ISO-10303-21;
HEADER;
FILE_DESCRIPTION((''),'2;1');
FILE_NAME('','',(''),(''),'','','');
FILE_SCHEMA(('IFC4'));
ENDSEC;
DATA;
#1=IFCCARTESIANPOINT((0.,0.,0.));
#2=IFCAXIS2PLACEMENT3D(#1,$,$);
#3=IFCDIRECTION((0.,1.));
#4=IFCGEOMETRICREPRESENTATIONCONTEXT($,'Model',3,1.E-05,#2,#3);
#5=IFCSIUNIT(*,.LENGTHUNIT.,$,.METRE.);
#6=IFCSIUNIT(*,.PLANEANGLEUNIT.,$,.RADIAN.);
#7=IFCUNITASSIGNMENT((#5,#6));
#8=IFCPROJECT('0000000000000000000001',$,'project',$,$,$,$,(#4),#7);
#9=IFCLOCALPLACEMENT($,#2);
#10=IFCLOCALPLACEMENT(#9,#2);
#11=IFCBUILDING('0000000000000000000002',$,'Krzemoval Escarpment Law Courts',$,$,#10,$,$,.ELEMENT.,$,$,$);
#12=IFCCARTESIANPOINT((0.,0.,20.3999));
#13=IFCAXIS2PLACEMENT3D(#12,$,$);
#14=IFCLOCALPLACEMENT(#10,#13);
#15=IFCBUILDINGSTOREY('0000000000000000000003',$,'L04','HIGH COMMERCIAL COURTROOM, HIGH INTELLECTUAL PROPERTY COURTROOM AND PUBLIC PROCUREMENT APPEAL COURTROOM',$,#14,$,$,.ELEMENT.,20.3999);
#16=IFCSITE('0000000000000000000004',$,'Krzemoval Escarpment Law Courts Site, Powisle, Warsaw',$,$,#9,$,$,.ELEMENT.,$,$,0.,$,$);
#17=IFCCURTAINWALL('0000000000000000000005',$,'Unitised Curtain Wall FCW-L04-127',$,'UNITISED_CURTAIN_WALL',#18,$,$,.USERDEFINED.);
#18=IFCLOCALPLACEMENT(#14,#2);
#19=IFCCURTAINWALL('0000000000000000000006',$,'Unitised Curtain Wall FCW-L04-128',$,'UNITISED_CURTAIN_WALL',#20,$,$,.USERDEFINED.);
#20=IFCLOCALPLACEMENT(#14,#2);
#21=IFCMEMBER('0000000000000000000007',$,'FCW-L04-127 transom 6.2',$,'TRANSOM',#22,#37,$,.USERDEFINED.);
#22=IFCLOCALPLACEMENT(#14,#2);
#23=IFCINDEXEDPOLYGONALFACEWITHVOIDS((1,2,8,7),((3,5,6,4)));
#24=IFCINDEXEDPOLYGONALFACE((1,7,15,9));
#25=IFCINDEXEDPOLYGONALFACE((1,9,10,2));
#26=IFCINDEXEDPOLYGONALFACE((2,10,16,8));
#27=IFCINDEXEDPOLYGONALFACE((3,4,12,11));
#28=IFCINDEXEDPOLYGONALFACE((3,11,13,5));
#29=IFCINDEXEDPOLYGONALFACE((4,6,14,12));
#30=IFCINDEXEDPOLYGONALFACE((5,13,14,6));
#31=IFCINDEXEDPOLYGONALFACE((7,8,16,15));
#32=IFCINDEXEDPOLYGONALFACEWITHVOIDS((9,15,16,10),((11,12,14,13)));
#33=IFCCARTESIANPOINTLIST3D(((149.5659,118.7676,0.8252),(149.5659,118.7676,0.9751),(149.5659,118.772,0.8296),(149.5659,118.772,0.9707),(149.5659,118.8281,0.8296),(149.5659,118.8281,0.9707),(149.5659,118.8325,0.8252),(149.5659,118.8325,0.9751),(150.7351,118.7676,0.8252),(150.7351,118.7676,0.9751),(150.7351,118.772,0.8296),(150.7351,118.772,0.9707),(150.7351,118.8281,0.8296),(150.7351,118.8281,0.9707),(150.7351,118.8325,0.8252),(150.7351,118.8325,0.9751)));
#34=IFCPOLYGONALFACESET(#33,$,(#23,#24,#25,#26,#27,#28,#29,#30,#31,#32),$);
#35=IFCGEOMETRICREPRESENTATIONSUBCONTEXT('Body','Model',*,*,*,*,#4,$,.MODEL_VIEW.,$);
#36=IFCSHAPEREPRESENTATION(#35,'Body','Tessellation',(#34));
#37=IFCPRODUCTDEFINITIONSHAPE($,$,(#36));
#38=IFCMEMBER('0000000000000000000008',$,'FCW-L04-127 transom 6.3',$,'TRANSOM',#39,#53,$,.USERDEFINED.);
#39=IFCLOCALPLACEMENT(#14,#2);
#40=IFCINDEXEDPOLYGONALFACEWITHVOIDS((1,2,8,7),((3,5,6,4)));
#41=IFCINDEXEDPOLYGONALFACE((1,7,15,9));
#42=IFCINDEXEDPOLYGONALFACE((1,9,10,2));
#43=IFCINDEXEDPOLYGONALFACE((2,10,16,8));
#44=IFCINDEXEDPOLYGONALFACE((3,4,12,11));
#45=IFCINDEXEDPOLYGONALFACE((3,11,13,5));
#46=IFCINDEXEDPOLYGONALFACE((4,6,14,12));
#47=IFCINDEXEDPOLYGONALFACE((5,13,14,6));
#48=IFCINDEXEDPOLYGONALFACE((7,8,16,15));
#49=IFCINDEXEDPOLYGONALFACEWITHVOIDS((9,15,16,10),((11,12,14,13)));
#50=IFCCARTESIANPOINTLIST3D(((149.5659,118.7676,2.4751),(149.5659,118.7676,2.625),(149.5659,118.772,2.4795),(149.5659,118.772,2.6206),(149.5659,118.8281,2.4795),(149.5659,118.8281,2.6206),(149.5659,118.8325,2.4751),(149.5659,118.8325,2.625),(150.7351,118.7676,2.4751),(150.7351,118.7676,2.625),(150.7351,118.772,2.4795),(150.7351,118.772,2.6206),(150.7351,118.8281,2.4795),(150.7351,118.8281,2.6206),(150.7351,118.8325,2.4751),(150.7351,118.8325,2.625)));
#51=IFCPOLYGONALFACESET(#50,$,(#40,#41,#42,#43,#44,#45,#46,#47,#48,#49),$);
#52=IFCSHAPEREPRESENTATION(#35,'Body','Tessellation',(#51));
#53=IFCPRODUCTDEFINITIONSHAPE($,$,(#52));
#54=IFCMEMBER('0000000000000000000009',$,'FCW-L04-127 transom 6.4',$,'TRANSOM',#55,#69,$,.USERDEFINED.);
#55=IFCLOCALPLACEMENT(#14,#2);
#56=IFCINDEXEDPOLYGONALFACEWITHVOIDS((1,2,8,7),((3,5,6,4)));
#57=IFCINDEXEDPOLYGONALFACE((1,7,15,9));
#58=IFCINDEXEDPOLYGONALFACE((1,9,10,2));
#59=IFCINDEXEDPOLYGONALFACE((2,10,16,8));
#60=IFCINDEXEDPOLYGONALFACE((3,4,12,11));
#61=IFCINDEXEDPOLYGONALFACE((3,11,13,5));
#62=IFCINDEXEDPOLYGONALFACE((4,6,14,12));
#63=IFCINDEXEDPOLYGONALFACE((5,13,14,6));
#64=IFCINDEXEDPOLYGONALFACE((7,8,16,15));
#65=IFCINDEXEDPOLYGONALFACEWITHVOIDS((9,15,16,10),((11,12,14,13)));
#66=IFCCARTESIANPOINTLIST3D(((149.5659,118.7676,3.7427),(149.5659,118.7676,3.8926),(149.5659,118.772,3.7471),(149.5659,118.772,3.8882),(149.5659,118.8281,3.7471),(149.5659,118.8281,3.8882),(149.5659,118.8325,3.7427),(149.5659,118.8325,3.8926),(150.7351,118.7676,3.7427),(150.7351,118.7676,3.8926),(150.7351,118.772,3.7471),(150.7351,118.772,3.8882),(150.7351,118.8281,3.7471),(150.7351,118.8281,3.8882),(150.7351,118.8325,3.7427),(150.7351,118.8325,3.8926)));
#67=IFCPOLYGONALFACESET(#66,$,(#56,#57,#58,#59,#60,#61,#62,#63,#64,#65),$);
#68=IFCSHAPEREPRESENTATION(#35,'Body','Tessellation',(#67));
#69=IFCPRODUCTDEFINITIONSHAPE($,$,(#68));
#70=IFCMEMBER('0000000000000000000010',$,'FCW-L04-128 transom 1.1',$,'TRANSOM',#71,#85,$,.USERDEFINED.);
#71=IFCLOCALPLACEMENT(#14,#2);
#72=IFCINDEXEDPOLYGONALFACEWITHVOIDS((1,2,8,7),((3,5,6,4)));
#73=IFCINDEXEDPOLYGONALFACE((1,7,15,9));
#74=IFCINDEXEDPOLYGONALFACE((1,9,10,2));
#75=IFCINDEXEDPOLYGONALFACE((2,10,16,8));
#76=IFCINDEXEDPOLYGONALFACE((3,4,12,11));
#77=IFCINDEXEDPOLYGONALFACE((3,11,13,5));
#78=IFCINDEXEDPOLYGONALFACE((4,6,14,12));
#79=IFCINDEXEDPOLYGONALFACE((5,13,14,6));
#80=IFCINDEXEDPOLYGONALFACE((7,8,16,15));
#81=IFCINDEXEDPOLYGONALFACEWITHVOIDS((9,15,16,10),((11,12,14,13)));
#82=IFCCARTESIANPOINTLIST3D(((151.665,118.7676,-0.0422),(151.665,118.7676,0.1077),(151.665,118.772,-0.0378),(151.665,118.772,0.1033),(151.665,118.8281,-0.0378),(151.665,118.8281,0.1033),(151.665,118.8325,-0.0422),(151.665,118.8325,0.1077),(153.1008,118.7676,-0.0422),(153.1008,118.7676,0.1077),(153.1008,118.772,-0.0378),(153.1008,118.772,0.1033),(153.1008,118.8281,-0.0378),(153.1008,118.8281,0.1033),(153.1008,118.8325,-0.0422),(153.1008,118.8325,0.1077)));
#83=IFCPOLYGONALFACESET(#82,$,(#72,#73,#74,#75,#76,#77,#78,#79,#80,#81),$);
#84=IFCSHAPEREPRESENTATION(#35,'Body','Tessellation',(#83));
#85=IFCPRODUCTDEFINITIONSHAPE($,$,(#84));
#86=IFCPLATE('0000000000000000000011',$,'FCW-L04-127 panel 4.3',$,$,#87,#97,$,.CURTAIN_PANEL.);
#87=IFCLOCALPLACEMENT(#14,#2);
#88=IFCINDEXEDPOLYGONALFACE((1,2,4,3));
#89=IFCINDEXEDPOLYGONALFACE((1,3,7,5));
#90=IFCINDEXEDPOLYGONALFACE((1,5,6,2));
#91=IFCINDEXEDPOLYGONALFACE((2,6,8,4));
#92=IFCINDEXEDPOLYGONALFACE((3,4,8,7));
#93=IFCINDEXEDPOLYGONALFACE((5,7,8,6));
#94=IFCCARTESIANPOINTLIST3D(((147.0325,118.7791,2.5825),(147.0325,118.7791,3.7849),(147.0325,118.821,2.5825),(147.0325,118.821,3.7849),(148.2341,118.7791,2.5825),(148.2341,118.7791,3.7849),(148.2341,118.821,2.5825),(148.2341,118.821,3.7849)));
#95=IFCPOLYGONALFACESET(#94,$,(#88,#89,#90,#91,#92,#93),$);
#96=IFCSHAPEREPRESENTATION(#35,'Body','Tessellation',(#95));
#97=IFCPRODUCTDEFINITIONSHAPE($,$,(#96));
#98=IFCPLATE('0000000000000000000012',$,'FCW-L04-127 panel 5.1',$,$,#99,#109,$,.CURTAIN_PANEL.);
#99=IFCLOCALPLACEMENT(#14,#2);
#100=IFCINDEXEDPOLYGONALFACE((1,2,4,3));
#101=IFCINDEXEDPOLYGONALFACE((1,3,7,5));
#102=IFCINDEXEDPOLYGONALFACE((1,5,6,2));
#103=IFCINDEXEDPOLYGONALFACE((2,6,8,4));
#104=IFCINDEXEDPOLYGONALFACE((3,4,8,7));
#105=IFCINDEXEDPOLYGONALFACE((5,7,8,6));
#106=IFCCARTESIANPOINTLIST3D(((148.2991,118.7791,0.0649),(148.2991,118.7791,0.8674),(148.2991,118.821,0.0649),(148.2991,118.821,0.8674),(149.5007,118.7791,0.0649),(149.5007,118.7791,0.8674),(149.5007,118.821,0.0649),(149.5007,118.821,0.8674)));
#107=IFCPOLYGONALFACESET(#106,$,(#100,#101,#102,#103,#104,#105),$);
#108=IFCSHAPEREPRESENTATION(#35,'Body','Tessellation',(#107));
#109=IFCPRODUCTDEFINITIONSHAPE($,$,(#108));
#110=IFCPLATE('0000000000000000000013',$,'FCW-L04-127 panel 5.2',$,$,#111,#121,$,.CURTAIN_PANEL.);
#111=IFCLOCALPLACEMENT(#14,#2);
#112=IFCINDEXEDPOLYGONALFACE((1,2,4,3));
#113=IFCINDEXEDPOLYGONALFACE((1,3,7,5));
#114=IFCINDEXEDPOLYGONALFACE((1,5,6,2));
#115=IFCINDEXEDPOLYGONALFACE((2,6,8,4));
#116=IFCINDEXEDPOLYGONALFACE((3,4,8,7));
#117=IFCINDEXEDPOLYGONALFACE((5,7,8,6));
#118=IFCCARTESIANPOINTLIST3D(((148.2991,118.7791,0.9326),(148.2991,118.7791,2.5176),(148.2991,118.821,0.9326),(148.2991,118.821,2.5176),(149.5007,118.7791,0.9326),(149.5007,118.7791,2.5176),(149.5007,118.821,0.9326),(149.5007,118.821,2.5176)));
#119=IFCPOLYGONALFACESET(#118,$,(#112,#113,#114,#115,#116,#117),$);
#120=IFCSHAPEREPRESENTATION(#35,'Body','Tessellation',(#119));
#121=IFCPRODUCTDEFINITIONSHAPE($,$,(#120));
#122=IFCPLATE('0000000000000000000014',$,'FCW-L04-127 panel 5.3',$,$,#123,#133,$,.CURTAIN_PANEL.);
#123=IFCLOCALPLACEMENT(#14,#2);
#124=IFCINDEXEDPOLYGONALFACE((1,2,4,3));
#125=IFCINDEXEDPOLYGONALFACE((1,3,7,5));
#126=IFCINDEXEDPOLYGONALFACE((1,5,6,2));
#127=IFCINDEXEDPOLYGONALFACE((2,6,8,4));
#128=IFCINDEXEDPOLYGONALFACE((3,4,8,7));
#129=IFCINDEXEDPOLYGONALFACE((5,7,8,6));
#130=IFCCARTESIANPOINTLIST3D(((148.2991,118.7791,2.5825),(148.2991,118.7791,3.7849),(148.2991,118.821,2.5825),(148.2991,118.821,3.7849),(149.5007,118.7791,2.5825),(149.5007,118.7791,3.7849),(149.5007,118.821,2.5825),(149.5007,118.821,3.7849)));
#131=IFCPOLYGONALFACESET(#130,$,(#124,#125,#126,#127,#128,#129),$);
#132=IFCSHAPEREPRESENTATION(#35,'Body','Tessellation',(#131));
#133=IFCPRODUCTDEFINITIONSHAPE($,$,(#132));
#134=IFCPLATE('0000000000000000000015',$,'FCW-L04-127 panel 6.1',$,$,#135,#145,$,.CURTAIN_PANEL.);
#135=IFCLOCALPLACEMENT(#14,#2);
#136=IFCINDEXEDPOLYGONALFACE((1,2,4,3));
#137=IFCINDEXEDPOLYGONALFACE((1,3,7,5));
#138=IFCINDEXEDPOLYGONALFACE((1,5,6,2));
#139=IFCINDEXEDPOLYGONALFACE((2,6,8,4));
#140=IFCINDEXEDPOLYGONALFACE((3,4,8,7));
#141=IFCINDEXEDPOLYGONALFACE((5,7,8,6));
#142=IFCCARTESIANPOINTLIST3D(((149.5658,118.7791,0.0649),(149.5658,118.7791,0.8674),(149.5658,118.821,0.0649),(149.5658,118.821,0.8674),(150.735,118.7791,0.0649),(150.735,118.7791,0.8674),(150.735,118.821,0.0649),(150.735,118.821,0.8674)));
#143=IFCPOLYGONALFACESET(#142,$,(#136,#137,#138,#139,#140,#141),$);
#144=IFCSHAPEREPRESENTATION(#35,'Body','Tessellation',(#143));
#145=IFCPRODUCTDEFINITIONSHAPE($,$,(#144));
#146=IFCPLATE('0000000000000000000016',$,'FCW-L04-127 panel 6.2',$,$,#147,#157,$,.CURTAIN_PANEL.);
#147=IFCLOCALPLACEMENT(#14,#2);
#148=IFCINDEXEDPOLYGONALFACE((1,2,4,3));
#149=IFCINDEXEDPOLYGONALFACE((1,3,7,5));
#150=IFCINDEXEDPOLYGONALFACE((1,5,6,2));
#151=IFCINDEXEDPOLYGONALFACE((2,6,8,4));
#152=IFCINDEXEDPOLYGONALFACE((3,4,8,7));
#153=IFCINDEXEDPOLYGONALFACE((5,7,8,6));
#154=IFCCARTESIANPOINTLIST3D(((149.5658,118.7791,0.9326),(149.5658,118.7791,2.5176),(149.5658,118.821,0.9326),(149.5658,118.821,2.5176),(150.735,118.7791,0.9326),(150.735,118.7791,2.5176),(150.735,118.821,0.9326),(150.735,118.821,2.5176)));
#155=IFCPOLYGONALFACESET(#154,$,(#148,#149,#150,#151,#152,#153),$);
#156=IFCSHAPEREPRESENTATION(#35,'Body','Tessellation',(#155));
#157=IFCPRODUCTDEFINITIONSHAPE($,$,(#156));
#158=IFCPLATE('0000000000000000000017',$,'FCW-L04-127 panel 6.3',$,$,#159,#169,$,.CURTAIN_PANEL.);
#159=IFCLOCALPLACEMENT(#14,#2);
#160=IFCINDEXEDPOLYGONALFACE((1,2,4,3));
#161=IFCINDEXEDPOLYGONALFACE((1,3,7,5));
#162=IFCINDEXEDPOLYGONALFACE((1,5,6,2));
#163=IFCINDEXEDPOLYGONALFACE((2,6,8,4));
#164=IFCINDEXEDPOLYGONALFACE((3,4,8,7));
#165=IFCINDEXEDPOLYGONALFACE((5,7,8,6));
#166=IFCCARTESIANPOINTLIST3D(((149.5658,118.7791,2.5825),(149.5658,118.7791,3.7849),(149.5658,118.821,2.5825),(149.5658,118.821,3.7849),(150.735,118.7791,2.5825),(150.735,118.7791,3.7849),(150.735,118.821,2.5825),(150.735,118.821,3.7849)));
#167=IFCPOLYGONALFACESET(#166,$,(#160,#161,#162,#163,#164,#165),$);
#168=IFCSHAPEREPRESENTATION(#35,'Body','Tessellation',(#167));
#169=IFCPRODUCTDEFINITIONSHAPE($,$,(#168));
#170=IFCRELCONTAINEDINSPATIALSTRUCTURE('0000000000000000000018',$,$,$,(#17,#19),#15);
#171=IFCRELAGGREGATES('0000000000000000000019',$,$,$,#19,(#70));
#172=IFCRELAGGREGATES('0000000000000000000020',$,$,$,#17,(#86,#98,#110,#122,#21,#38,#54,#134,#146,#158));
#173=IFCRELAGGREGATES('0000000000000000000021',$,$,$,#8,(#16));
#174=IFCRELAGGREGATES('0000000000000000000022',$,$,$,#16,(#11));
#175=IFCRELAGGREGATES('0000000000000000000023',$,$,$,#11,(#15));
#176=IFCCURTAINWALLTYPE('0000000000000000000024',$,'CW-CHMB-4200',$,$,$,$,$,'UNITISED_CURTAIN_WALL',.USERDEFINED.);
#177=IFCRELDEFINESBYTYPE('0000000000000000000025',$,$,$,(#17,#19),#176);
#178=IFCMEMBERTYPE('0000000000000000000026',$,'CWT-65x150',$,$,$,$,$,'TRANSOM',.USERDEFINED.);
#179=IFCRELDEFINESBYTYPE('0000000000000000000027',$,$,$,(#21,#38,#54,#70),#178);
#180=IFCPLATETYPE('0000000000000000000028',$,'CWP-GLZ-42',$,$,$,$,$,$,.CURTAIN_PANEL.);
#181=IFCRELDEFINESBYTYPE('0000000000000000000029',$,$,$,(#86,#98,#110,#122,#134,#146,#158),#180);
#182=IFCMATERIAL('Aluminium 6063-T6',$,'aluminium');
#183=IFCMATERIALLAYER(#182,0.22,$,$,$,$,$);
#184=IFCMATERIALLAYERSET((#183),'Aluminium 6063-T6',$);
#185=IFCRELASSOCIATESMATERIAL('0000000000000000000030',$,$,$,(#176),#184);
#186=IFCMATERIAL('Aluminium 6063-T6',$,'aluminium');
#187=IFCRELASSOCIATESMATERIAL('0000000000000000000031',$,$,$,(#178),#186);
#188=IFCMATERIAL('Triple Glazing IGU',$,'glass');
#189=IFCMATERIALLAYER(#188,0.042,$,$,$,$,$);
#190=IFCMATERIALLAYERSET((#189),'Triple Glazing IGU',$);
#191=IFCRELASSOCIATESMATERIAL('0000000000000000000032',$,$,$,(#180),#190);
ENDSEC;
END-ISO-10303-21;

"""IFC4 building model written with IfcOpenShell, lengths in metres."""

from ifc_helpers import new_model, si_unit, direction, frame, origin, origin_2d, place, context, subcontext, project, spatial, rectangle, hollow_rectangle, extrude, material, layer, layer_set, material_profile, profile_set, type_object, element, aggregate, save


model = new_model("IFC4")

# Units and contexts
model_context = context("Model", 3, precision=1e-05, world=origin(), true_north=direction((0.0, 1.0)))
body_context = subcontext(model_context, "Body", "Model", "MODEL_VIEW")
ifc_project = project(units=[si_unit("LENGTHUNIT", "METRE"), si_unit("PLANEANGLEUNIT", "RADIAN")], contexts=[model_context])

# Site, building, storey
site_placement = place(None, origin())
site = spatial("IfcSite", under=ifc_project, at=site_placement, Name="Krzemoval Escarpment Law Courts Site, Powisle, Warsaw", CompositionType="ELEMENT", RefElevation=0.0)
building_placement = place(site_placement, origin())
building = spatial("IfcBuilding", under=site, at=building_placement, Name="Krzemoval Escarpment Law Courts", CompositionType="ELEMENT")
storey_placement = place(building_placement, frame((0.0, 0.0, 20.3999)))
storey = spatial("IfcBuildingStorey", under=building, at=storey_placement, Name="L04", Description="HIGH COMMERCIAL COURTROOM, HIGH INTELLECTUAL PROPERTY COURTROOM AND PUBLIC PROCUREMENT APPEAL COURTROOM", CompositionType="ELEMENT", Elevation=20.3999)

# Curtain wall
ifc_material_1 = material(Name="Aluminium 6063-T6", Category="aluminium")
ifc_layer_1 = layer(ifc_material_1, 0.22)
ifc_layer_set_1 = layer_set([ifc_layer_1], Name="Aluminium 6063-T6")
curtain_wall_type = type_object("IfcCurtainWallType", Name="CW-CHMB-4200", ElementType="UNITISED_CURTAIN_WALL", PredefinedType="USERDEFINED", material=ifc_layer_set_1)
curtain_wall_1_placement = place(storey_placement, origin())
curtain_wall_1 = element("IfcCurtainWall", 1, at=curtain_wall_1_placement, inside=storey, type_object=curtain_wall_type, Name="Unitised Curtain Wall FCW-L04-127", ObjectType="UNITISED_CURTAIN_WALL", PredefinedType="USERDEFINED")

# Curtain wall
curtain_wall_2_placement = place(storey_placement, origin())
curtain_wall_2 = element("IfcCurtainWall", 2, at=curtain_wall_2_placement, inside=storey, type_object=curtain_wall_type, Name="Unitised Curtain Wall FCW-L04-128", ObjectType="UNITISED_CURTAIN_WALL", PredefinedType="USERDEFINED")

# Members
ifc_material_2 = material(Name="Aluminium 6063-T6", Category="aluminium")
ifc_material_profile_1 = material_profile(ifc_material_2, hollow_rectangle(XDim=0.0649, YDim=0.1499, WallThickness=0.0044, at=origin_2d()), Name="ALU T65x150")
ifc_profile_set_1 = profile_set([ifc_material_profile_1], Name="Aluminium 6063-T6")
member_type_1 = type_object("IfcMemberType", Name="CWT-65x150", ElementType="TRANSOM", PredefinedType="USERDEFINED", material=ifc_profile_set_1)
member_1_placement = place(storey_placement, frame((149.5659, 118.8, 0.9001), z_axis=(1.0, 0.0, 0.0), x_axis=(0.0, 1.0, 0.0)))
member_1 = element("IfcMember", 3, at=member_1_placement, type_object=member_type_1, Name="FCW-L04-127 transom 6.2", ObjectType="TRANSOM", PredefinedType="USERDEFINED", context=body_context, shape_type="SweptSolid", body=[
    extrude(hollow_rectangle(XDim=0.0649, YDim=0.1499, WallThickness=0.0044, at=origin_2d()), origin(), (0.0, 0.0, 1.0), 1.1692),
])
member_2_placement = place(storey_placement, frame((149.5659, 118.8, 2.55), z_axis=(1.0, 0.0, 0.0), x_axis=(0.0, 1.0, 0.0)))
member_2 = element("IfcMember", 4, at=member_2_placement, type_object=member_type_1, Name="FCW-L04-127 transom 6.3", ObjectType="TRANSOM", PredefinedType="USERDEFINED", context=body_context, shape_type="SweptSolid", body=[
    extrude(hollow_rectangle(XDim=0.0649, YDim=0.1499, WallThickness=0.0044, at=origin_2d()), origin(), (0.0, 0.0, 1.0), 1.1692),
])
member_3_placement = place(storey_placement, frame((149.5659, 118.8, 3.8176), z_axis=(1.0, 0.0, 0.0), x_axis=(0.0, 1.0, 0.0)))
member_3 = element("IfcMember", 5, at=member_3_placement, type_object=member_type_1, Name="FCW-L04-127 transom 6.4", ObjectType="TRANSOM", PredefinedType="USERDEFINED", context=body_context, shape_type="SweptSolid", body=[
    extrude(hollow_rectangle(XDim=0.0649, YDim=0.1499, WallThickness=0.0044, at=origin_2d()), origin(), (0.0, 0.0, 1.0), 1.1692),
])
member_4_placement = place(storey_placement, frame((151.665, 118.8, 0.0327), z_axis=(1.0, 0.0, 0.0), x_axis=(0.0, 1.0, 0.0)))
member_4 = element("IfcMember", 6, at=member_4_placement, type_object=member_type_1, Name="FCW-L04-128 transom 1.1", ObjectType="TRANSOM", PredefinedType="USERDEFINED", context=body_context, shape_type="SweptSolid", body=[
    extrude(hollow_rectangle(XDim=0.0649, YDim=0.1499, WallThickness=0.0044, at=origin_2d()), origin(), (0.0, 0.0, 1.0), 1.4358),
])
aggregate(curtain_wall_2, [member_4])

# Plates
ifc_material_3 = material(Name="Triple Glazing IGU", Category="glass")
ifc_layer_2 = layer(ifc_material_3, 0.042)
ifc_layer_set_2 = layer_set([ifc_layer_2], Name="Triple Glazing IGU")
plate_type = type_object("IfcPlateType", Name="CWP-GLZ-42", PredefinedType="CURTAIN_PANEL", material=ifc_layer_set_2)
plate_1_placement = place(storey_placement, frame((147.6333, 118.8, 2.5825), z_axis=(0.0, 0.0, 1.0), x_axis=(1.0, 0.0, 0.0)))
plate_1 = element("IfcPlate", 7, at=plate_1_placement, type_object=plate_type, Name="FCW-L04-127 panel 4.3", PredefinedType="CURTAIN_PANEL", context=body_context, shape_type="SweptSolid", body=[
    extrude(rectangle(XDim=1.2017, YDim=0.042, at=origin_2d()), origin(), (0.0, 0.0, 1.0), 1.2024),
])
plate_2_placement = place(storey_placement, frame((148.8999, 118.8, 0.0649), z_axis=(0.0, 0.0, 1.0), x_axis=(1.0, 0.0, 0.0)))
plate_2 = element("IfcPlate", 8, at=plate_2_placement, type_object=plate_type, Name="FCW-L04-127 panel 5.1", PredefinedType="CURTAIN_PANEL", context=body_context, shape_type="SweptSolid", body=[
    extrude(rectangle(XDim=1.2017, YDim=0.042, at=origin_2d()), origin(), (0.0, 0.0, 1.0), 0.8025),
])
plate_3_placement = place(storey_placement, frame((148.8999, 118.8, 0.9326), z_axis=(0.0, 0.0, 1.0), x_axis=(1.0, 0.0, 0.0)))
plate_3 = element("IfcPlate", 9, at=plate_3_placement, type_object=plate_type, Name="FCW-L04-127 panel 5.2", PredefinedType="CURTAIN_PANEL", context=body_context, shape_type="SweptSolid", body=[
    extrude(rectangle(XDim=1.2017, YDim=0.042, at=origin_2d()), origin(), (0.0, 0.0, 1.0), 1.585),
])
plate_4_placement = place(storey_placement, frame((148.8999, 118.8, 2.5825), z_axis=(0.0, 0.0, 1.0), x_axis=(1.0, 0.0, 0.0)))
plate_4 = element("IfcPlate", 10, at=plate_4_placement, type_object=plate_type, Name="FCW-L04-127 panel 5.3", PredefinedType="CURTAIN_PANEL", context=body_context, shape_type="SweptSolid", body=[
    extrude(rectangle(XDim=1.2017, YDim=0.042, at=origin_2d()), origin(), (0.0, 0.0, 1.0), 1.2024),
])
plate_5_placement = place(storey_placement, frame((150.1504, 118.8, 0.0649), z_axis=(0.0, 0.0, 1.0), x_axis=(1.0, 0.0, 0.0)))
plate_5 = element("IfcPlate", 11, at=plate_5_placement, type_object=plate_type, Name="FCW-L04-127 panel 6.1", PredefinedType="CURTAIN_PANEL", context=body_context, shape_type="SweptSolid", body=[
    extrude(rectangle(XDim=1.1692, YDim=0.042, at=origin_2d()), origin(), (0.0, 0.0, 1.0), 0.8025),
])
plate_6_placement = place(storey_placement, frame((150.1504, 118.8, 0.9326), z_axis=(0.0, 0.0, 1.0), x_axis=(1.0, 0.0, 0.0)))
plate_6 = element("IfcPlate", 12, at=plate_6_placement, type_object=plate_type, Name="FCW-L04-127 panel 6.2", PredefinedType="CURTAIN_PANEL", context=body_context, shape_type="SweptSolid", body=[
    extrude(rectangle(XDim=1.1692, YDim=0.042, at=origin_2d()), origin(), (0.0, 0.0, 1.0), 1.585),
])
plate_7_placement = place(storey_placement, frame((150.1504, 118.8, 2.5825), z_axis=(0.0, 0.0, 1.0), x_axis=(1.0, 0.0, 0.0)))
plate_7 = element("IfcPlate", 13, at=plate_7_placement, type_object=plate_type, Name="FCW-L04-127 panel 6.3", PredefinedType="CURTAIN_PANEL", context=body_context, shape_type="SweptSolid", body=[
    extrude(rectangle(XDim=1.1692, YDim=0.042, at=origin_2d()), origin(), (0.0, 0.0, 1.0), 1.2024),
])
aggregate(curtain_wall_1, [plate_1, plate_2, plate_3, plate_4, member_1, member_2, member_3, plate_5, plate_6, plate_7])

save(model, "model.ifc")
